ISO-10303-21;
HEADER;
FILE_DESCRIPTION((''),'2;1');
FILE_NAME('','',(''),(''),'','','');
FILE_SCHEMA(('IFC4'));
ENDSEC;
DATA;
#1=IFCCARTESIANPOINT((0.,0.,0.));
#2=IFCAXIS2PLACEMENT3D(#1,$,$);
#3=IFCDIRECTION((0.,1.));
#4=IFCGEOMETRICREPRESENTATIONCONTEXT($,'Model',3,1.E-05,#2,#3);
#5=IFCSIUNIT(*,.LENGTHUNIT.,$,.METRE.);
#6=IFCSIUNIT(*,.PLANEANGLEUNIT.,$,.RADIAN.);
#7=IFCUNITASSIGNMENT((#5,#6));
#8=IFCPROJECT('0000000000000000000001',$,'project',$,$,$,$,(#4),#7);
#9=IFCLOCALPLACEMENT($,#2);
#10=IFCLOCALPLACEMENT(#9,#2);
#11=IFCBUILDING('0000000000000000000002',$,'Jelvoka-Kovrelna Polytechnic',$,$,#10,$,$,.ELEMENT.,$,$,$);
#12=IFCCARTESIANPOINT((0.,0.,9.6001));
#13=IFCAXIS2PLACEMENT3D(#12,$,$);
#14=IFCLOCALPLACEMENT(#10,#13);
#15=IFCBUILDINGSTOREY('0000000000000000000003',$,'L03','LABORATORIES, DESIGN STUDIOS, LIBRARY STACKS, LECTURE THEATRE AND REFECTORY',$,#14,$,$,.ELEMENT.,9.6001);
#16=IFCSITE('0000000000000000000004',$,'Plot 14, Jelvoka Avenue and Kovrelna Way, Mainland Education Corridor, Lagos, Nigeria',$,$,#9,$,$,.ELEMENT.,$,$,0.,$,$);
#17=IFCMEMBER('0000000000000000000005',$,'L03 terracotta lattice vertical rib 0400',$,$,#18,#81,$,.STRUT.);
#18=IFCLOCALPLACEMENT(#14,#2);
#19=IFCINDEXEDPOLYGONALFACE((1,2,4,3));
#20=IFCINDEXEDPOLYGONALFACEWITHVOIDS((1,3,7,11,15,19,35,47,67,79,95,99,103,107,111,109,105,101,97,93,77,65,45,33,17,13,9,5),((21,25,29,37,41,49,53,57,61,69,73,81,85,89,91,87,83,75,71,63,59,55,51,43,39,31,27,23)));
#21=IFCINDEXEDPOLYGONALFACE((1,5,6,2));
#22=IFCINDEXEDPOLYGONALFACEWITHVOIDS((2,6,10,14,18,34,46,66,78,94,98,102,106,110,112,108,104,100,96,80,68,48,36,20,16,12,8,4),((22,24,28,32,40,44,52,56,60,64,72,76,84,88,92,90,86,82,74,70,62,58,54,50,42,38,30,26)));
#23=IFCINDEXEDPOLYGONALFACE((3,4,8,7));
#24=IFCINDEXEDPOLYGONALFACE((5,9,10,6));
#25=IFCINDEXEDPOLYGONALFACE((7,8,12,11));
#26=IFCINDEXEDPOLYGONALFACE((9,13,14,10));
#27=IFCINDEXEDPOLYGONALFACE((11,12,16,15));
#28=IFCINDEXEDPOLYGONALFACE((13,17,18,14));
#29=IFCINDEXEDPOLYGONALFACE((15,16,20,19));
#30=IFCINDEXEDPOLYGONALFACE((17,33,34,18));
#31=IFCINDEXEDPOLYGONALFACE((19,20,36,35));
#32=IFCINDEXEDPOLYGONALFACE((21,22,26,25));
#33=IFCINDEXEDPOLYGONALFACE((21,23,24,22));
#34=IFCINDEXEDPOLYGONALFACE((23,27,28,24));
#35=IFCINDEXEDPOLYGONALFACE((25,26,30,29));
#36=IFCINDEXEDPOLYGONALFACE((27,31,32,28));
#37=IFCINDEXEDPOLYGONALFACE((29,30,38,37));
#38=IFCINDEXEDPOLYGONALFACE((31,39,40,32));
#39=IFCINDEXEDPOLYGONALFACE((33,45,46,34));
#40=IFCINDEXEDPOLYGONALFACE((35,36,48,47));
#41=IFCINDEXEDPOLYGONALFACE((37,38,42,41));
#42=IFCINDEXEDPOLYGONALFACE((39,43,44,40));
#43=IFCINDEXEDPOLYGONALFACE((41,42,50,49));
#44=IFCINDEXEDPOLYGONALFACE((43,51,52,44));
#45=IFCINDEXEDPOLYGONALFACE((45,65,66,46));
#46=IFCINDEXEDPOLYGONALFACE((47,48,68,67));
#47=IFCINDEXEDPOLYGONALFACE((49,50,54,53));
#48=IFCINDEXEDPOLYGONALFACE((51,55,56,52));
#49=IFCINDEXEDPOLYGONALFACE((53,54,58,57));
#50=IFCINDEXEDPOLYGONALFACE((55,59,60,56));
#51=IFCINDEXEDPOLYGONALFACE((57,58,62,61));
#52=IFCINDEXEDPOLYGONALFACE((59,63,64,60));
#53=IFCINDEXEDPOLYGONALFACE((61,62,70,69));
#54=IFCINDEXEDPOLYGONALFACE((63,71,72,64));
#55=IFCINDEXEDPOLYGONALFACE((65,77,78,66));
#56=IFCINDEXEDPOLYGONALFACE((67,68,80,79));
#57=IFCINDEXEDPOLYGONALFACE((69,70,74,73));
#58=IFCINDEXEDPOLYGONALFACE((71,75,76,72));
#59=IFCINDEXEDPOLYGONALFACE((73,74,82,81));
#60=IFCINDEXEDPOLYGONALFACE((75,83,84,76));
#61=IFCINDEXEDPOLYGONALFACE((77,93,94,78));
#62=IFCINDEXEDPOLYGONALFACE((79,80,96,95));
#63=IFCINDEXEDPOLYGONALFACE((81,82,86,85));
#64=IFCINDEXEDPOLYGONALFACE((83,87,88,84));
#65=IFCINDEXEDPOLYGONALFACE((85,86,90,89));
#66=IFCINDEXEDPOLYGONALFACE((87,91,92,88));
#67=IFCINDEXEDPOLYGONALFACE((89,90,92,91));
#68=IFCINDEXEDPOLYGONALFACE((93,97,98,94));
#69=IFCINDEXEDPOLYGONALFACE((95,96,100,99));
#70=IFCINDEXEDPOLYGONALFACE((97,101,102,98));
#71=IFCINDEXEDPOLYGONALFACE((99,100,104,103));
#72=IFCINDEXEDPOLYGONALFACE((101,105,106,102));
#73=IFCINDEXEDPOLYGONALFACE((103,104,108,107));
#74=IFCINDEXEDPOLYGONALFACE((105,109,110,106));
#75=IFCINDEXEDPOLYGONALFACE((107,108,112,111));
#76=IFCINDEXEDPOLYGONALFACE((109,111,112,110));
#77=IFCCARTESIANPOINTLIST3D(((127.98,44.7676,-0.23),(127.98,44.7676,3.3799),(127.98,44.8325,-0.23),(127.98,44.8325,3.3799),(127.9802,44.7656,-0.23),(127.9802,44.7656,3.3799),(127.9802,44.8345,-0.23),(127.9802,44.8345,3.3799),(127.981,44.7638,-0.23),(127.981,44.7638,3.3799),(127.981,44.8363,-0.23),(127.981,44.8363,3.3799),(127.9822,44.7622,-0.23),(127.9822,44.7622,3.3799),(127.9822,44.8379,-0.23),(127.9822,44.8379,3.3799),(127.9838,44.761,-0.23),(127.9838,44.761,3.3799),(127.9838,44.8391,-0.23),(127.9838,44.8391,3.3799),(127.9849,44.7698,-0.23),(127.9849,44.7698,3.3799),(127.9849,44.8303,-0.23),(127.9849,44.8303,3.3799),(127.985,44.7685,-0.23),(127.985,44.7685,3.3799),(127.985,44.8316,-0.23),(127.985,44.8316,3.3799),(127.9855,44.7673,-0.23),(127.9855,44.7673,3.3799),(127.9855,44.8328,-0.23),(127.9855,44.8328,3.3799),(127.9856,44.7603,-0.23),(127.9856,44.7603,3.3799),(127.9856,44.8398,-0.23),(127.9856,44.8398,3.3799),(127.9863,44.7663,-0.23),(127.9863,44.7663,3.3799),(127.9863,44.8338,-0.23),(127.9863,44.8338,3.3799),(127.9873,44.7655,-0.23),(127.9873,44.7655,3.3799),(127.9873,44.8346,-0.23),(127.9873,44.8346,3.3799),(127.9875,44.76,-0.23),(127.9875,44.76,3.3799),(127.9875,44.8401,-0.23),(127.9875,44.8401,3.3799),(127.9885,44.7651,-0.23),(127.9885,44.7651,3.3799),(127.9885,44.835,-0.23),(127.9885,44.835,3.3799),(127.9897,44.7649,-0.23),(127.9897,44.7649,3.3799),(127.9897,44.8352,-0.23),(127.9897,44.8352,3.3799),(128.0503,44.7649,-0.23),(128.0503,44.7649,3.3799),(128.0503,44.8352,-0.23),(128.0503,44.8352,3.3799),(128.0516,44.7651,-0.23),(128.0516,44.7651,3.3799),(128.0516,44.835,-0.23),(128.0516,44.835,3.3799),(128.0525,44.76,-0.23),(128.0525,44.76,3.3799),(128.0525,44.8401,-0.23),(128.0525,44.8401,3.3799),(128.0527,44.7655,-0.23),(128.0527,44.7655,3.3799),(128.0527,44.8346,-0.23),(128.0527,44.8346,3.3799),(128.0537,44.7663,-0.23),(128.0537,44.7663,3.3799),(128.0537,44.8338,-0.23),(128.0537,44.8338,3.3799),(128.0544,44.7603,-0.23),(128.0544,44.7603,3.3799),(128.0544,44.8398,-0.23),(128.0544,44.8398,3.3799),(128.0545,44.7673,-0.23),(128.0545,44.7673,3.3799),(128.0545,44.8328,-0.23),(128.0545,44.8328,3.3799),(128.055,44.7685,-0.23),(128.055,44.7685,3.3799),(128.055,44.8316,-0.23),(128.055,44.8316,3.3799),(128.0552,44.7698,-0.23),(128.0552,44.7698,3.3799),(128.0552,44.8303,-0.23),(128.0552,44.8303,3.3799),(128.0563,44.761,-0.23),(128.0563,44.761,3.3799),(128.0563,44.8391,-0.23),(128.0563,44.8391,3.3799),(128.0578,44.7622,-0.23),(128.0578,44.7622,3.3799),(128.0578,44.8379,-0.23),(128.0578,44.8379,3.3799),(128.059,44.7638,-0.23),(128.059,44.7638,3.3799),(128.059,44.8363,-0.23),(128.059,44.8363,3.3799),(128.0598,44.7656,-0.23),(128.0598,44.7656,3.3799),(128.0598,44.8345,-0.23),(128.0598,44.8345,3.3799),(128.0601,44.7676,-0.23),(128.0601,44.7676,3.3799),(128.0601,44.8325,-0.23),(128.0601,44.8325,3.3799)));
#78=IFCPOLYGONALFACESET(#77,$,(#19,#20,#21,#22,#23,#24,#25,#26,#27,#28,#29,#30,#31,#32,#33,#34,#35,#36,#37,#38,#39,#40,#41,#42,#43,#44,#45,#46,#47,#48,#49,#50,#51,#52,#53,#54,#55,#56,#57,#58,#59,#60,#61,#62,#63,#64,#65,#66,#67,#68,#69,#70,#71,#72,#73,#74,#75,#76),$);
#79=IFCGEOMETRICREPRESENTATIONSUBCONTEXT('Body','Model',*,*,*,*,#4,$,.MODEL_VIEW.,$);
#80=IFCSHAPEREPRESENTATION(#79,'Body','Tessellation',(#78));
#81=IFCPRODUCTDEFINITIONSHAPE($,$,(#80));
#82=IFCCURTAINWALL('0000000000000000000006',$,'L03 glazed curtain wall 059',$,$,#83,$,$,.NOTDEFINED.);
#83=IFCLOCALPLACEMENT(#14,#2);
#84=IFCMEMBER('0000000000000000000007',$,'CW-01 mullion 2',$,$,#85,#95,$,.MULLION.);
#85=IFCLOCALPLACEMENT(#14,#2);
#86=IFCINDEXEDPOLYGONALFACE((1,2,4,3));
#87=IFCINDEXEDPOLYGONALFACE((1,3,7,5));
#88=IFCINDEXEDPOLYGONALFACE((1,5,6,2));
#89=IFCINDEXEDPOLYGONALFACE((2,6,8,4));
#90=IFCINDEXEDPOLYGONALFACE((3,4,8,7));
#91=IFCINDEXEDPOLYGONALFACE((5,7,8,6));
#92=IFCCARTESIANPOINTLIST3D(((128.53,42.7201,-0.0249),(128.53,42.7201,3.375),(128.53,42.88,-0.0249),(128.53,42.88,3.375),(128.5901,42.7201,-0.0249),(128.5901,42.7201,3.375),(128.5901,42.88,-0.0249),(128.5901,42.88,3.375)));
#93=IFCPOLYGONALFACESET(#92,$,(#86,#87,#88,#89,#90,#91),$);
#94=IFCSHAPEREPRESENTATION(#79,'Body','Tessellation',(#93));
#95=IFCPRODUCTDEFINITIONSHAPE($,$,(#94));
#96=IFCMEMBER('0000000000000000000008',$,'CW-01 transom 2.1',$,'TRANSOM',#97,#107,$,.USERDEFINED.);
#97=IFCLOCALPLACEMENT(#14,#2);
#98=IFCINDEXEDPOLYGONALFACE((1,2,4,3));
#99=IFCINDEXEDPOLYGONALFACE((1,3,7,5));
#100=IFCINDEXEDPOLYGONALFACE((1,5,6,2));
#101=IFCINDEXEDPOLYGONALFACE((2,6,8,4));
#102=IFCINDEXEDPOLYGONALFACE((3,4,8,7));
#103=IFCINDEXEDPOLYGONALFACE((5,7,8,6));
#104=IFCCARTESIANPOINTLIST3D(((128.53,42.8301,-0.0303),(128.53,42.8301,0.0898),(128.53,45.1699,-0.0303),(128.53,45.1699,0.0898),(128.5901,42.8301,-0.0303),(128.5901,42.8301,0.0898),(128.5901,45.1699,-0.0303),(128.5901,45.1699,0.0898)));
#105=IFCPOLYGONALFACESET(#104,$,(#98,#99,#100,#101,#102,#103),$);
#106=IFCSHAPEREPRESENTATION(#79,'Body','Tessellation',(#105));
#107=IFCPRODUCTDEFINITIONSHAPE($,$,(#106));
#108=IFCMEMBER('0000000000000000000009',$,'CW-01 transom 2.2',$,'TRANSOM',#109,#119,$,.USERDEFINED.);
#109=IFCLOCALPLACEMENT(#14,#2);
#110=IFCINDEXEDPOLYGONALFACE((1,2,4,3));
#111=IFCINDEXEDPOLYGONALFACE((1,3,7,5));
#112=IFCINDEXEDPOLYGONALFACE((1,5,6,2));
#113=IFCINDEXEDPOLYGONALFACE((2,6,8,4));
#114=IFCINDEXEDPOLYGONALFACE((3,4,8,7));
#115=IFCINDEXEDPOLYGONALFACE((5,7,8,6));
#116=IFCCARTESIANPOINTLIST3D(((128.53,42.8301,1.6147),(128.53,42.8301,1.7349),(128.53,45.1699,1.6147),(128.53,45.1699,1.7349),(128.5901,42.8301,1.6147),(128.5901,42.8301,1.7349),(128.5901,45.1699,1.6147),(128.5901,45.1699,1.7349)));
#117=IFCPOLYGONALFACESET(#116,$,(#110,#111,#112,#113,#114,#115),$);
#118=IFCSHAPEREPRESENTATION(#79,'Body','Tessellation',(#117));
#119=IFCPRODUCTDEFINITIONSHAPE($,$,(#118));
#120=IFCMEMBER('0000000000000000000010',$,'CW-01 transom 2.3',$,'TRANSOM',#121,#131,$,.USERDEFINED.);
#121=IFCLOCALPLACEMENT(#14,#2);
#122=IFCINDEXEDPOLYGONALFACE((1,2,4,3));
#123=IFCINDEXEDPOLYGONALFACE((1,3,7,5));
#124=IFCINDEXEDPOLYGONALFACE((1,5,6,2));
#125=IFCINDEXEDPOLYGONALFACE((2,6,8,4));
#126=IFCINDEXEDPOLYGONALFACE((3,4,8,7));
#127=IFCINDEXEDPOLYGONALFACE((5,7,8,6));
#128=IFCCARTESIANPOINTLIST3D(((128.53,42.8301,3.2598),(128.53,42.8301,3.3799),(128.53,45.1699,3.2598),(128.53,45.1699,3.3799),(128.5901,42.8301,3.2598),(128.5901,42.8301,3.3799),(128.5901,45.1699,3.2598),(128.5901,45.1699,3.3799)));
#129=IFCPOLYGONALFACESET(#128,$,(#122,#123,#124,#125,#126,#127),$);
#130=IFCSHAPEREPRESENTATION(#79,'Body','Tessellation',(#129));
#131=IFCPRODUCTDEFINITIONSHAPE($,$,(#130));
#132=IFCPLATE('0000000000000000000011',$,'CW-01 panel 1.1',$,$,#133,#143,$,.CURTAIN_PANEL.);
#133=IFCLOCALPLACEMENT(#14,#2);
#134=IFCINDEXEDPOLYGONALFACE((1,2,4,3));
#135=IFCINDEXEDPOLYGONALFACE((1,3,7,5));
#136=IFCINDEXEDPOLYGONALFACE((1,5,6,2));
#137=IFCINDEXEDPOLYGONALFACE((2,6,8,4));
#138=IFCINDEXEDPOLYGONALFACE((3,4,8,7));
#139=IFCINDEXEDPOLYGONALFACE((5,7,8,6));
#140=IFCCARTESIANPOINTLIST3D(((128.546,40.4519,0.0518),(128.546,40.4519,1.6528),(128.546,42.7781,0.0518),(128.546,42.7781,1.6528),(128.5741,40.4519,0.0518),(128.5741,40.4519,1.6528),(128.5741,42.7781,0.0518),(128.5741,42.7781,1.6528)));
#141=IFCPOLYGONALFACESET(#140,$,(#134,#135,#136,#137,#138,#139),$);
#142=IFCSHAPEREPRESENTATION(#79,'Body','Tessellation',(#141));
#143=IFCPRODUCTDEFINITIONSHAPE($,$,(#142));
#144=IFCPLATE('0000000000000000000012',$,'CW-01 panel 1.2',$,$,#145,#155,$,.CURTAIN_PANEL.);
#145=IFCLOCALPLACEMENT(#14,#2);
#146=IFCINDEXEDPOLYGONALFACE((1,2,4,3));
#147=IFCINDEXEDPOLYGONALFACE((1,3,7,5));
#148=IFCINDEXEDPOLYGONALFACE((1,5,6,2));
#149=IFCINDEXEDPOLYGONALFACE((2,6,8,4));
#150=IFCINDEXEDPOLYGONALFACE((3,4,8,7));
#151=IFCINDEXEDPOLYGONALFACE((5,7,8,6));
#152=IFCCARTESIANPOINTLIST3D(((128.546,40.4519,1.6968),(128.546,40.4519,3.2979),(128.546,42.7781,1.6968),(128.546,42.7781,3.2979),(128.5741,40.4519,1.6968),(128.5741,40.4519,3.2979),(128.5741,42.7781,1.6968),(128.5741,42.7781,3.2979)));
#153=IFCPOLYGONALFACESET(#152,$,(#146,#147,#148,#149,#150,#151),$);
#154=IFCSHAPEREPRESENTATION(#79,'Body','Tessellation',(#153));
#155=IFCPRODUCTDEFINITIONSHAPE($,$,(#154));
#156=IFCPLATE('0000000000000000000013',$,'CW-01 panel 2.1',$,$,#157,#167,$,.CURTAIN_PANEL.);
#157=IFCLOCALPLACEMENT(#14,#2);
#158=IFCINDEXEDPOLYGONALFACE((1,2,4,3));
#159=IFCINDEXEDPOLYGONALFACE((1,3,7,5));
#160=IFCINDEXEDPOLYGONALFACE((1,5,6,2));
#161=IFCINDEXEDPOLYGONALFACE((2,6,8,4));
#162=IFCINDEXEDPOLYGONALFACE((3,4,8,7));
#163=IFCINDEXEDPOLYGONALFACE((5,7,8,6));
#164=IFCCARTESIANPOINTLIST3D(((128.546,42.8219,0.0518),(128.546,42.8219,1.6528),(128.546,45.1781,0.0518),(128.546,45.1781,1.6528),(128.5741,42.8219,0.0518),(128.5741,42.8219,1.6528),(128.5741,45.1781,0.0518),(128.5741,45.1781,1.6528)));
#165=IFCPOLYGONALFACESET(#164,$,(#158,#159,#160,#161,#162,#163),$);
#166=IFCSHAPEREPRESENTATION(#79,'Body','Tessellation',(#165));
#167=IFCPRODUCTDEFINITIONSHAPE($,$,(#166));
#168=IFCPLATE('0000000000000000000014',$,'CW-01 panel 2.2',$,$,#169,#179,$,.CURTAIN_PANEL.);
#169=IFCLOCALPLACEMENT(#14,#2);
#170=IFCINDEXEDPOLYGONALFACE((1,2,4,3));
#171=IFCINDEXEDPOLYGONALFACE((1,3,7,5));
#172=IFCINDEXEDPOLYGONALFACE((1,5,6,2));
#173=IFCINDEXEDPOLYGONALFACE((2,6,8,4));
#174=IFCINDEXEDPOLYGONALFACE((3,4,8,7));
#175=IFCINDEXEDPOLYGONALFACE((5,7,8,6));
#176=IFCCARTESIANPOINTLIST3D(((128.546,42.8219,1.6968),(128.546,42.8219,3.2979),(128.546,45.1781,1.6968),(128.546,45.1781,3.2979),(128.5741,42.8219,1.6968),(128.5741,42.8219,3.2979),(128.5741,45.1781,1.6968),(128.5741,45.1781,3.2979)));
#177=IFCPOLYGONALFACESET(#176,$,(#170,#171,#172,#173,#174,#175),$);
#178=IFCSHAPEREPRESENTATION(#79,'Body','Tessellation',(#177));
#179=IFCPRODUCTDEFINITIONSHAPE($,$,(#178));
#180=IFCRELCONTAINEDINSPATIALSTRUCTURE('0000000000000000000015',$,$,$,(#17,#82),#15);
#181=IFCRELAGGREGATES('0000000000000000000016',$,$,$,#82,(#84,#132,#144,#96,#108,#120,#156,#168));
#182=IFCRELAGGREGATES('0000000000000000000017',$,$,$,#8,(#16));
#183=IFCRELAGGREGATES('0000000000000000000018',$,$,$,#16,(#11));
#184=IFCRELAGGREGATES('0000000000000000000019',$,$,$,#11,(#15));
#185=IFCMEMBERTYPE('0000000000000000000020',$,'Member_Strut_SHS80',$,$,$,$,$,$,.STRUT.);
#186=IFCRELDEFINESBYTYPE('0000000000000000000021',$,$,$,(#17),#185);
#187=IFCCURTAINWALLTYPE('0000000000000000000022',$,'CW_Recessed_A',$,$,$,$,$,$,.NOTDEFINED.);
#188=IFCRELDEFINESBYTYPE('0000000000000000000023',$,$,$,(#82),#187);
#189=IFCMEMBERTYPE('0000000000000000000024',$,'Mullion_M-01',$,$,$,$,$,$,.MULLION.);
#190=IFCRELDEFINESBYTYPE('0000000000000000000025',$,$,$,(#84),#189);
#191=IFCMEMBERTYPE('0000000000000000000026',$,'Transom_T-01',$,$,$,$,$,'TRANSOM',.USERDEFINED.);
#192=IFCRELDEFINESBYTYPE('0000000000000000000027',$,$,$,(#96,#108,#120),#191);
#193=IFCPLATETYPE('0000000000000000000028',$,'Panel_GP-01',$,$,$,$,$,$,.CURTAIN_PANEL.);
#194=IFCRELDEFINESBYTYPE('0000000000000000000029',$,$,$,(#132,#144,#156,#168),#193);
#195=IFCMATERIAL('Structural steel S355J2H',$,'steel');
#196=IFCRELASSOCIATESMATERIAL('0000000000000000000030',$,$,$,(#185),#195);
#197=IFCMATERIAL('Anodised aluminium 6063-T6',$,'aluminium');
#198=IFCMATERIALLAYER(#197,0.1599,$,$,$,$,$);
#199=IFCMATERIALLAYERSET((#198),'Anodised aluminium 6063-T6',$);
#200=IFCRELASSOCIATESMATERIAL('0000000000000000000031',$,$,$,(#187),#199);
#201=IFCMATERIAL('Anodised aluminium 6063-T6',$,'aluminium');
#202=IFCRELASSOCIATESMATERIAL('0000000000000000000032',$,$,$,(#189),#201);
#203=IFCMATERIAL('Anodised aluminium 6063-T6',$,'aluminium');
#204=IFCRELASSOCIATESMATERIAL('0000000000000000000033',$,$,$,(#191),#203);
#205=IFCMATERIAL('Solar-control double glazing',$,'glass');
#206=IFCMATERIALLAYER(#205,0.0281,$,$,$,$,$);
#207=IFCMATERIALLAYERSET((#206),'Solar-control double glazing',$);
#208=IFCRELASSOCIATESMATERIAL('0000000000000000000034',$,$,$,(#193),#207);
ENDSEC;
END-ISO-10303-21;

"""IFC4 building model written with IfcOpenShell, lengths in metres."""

from ifc_helpers import new_model, si_unit, direction, frame, origin, origin_2d, place, context, subcontext, project, spatial, rectangle, hollow_rectangle, extrude, material, layer, layer_set, material_profile, profile_set, type_object, element, aggregate, save


model = new_model("IFC4")

# Units and contexts
model_context = context("Model", 3, precision=1e-05, world=origin(), true_north=direction((0.0, 1.0)))
body_context = subcontext(model_context, "Body", "Model", "MODEL_VIEW")
ifc_project = project(units=[si_unit("LENGTHUNIT", "METRE"), si_unit("PLANEANGLEUNIT", "RADIAN")], contexts=[model_context])

# Site, building, storey
site_placement = place(None, origin())
site = spatial("IfcSite", under=ifc_project, at=site_placement, Name="Plot 14, Jelvoka Avenue and Kovrelna Way, Mainland Education Corridor, Lagos, Nigeria", CompositionType="ELEMENT", RefElevation=0.0)
building_placement = place(site_placement, origin())
building = spatial("IfcBuilding", under=site, at=building_placement, Name="Jelvoka-Kovrelna Polytechnic", CompositionType="ELEMENT")
storey_placement = place(building_placement, frame((0.0, 0.0, 9.6001)))
storey = spatial("IfcBuildingStorey", under=building, at=storey_placement, Name="L03", Description="LABORATORIES, DESIGN STUDIOS, LIBRARY STACKS, LECTURE THEATRE AND REFECTORY", CompositionType="ELEMENT", Elevation=9.6001)

# Member
ifc_material_1 = material(Name="Structural steel S355J2H", Category="steel")
ifc_material_profile_1 = material_profile(ifc_material_1, hollow_rectangle(XDim=0.0801, YDim=0.0801, WallThickness=0.0049, InnerFilletRadius=0.0049, OuterFilletRadius=0.0076, at=origin_2d()), Name="80x80x5.0 SHS")
ifc_profile_set_1 = profile_set([ifc_material_profile_1], Name="Structural steel S355J2H")
member_type_1 = type_object("IfcMemberType", Name="Member_Strut_SHS80", PredefinedType="STRUT", material=ifc_profile_set_1)
for number, where, z_axis, x_axis, name in (
    (1, (128.02, 44.8, -0.23), (0.0, 0.0, 1.0), (1.0, 0.0, 0.0), "L03 terracotta lattice vertical rib 0400"),
):
    element("IfcMember", number, at=place(storey_placement, frame(where, z_axis=z_axis, x_axis=x_axis)), inside=storey, type_object=member_type_1, Name=name, PredefinedType="STRUT", context=body_context, shape_type="SweptSolid", body=[
        extrude(hollow_rectangle(XDim=0.0801, YDim=0.0801, WallThickness=0.0049, InnerFilletRadius=0.0049, OuterFilletRadius=0.0076, at=origin_2d()), origin(), (0.0, 0.0, 1.0), 3.6099),
    ])

# Curtain wall, members, plates
ifc_material_2 = material(Name="Anodised aluminium 6063-T6", Category="aluminium")
ifc_layer_1 = layer(ifc_material_2, 0.1599)
ifc_layer_set_1 = layer_set([ifc_layer_1], Name="Anodised aluminium 6063-T6")
curtain_wall_type = type_object("IfcCurtainWallType", Name="CW_Recessed_A", PredefinedType="NOTDEFINED", material=ifc_layer_set_1)
curtain_wall_placement = place(storey_placement, origin())
curtain_wall = element("IfcCurtainWall", 2, at=curtain_wall_placement, inside=storey, type_object=curtain_wall_type, Name="L03 glazed curtain wall 059", PredefinedType="NOTDEFINED")
ifc_material_3 = material(Name="Anodised aluminium 6063-T6", Category="aluminium")
ifc_material_profile_2 = material_profile(ifc_material_3, rectangle(XDim=0.0601, YDim=0.1599, at=origin_2d()), Name="ALU 60x160")
ifc_profile_set_2 = profile_set([ifc_material_profile_2], Name="Anodised aluminium 6063-T6")
member_type_2 = type_object("IfcMemberType", Name="Mullion_M-01", PredefinedType="MULLION", material=ifc_profile_set_2)
member_1_placement = place(storey_placement, frame((128.5601, 42.8, -0.0249), z_axis=(0.0, 0.0, 1.0), x_axis=(-1.0, 0.0, 0.0)))
member_1 = element("IfcMember", 3, at=member_1_placement, type_object=member_type_2, Name="CW-01 mullion 2", PredefinedType="MULLION", context=body_context, shape_type="SweptSolid", body=[
    extrude(rectangle(XDim=0.0601, YDim=0.1599, at=origin_2d()), origin(), (0.0, 0.0, 1.0), 3.3999),
])
ifc_material_4 = material(Name="Anodised aluminium 6063-T6", Category="aluminium")
ifc_material_profile_3 = material_profile(ifc_material_4, rectangle(XDim=0.0601, YDim=0.1201, at=origin_2d()), Name="ALU 60x120")
ifc_profile_set_3 = profile_set([ifc_material_profile_3], Name="Anodised aluminium 6063-T6")
member_type_3 = type_object("IfcMemberType", Name="Transom_T-01", ElementType="TRANSOM", PredefinedType="USERDEFINED", material=ifc_profile_set_3)
member_2_placement = place(storey_placement, frame((128.5601, 42.8301, 0.0298), z_axis=(0.0, 1.0, 0.0), x_axis=(-1.0, 0.0, 0.0)))
member_2 = element("IfcMember", 4, at=member_2_placement, type_object=member_type_3, Name="CW-01 transom 2.1", ObjectType="TRANSOM", PredefinedType="USERDEFINED", context=body_context, shape_type="SweptSolid", body=[
    extrude(rectangle(XDim=0.0601, YDim=0.1201, at=origin_2d()), origin(), (0.0, 0.0, 1.0), 2.3398),
])
member_3_placement = place(storey_placement, frame((128.5601, 42.8301, 1.6748), z_axis=(0.0, 1.0, 0.0), x_axis=(-1.0, 0.0, 0.0)))
member_3 = element("IfcMember", 5, at=member_3_placement, type_object=member_type_3, Name="CW-01 transom 2.2", ObjectType="TRANSOM", PredefinedType="USERDEFINED", context=body_context, shape_type="SweptSolid", body=[
    extrude(rectangle(XDim=0.0601, YDim=0.1201, at=origin_2d()), origin(), (0.0, 0.0, 1.0), 2.3398),
])
member_4_placement = place(storey_placement, frame((128.5601, 42.8301, 3.3198), z_axis=(0.0, 1.0, 0.0), x_axis=(-1.0, 0.0, 0.0)))
member_4 = element("IfcMember", 6, at=member_4_placement, type_object=member_type_3, Name="CW-01 transom 2.3", ObjectType="TRANSOM", PredefinedType="USERDEFINED", context=body_context, shape_type="SweptSolid", body=[
    extrude(rectangle(XDim=0.0601, YDim=0.1201, at=origin_2d()), origin(), (0.0, 0.0, 1.0), 2.3398),
])
ifc_material_5 = material(Name="Solar-control double glazing", Category="glass")
ifc_layer_2 = layer(ifc_material_5, 0.0281)
ifc_layer_set_2 = layer_set([ifc_layer_2], Name="Solar-control double glazing")
plate_type_1 = type_object("IfcPlateType", Name="Panel_GP-01", PredefinedType="CURTAIN_PANEL", material=ifc_layer_set_2)
plate_1_placement = place(storey_placement, frame((128.5601, 41.615, 0.0518), z_axis=(0.0, 0.0, 1.0), x_axis=(0.0, 1.0, 0.0)))
plate_1 = element("IfcPlate", 7, at=plate_1_placement, type_object=plate_type_1, Name="CW-01 panel 1.1", PredefinedType="CURTAIN_PANEL", context=body_context, shape_type="SweptSolid", body=[
    extrude(rectangle(XDim=2.3262, YDim=0.0281, at=origin_2d()), origin(), (0.0, 0.0, 1.0), 1.6011),
])
plate_2_placement = place(storey_placement, frame((128.5601, 41.615, 1.6968), z_axis=(0.0, 0.0, 1.0), x_axis=(0.0, 1.0, 0.0)))
plate_2 = element("IfcPlate", 8, at=plate_2_placement, type_object=plate_type_1, Name="CW-01 panel 1.2", PredefinedType="CURTAIN_PANEL", context=body_context, shape_type="SweptSolid", body=[
    extrude(rectangle(XDim=2.3262, YDim=0.0281, at=origin_2d()), origin(), (0.0, 0.0, 1.0), 1.6011),
])
plate_3_placement = place(storey_placement, frame((128.5601, 44.0, 0.0518), z_axis=(0.0, 0.0, 1.0), x_axis=(0.0, 1.0, 0.0)))
plate_3 = element("IfcPlate", 9, at=plate_3_placement, type_object=plate_type_1, Name="CW-01 panel 2.1", PredefinedType="CURTAIN_PANEL", context=body_context, shape_type="SweptSolid", body=[
    extrude(rectangle(XDim=2.3562, YDim=0.0281, at=origin_2d()), origin(), (0.0, 0.0, 1.0), 1.6011),
])
plate_4_placement = place(storey_placement, frame((128.5601, 44.0, 1.6968), z_axis=(0.0, 0.0, 1.0), x_axis=(0.0, 1.0, 0.0)))
plate_4 = element("IfcPlate", 10, at=plate_4_placement, type_object=plate_type_1, Name="CW-01 panel 2.2", PredefinedType="CURTAIN_PANEL", context=body_context, shape_type="SweptSolid", body=[
    extrude(rectangle(XDim=2.3562, YDim=0.0281, at=origin_2d()), origin(), (0.0, 0.0, 1.0), 1.6011),
])
aggregate(curtain_wall, [member_1, plate_1, plate_2, member_2, member_3, member_4, plate_3, plate_4])

save(model, "model.ifc")
